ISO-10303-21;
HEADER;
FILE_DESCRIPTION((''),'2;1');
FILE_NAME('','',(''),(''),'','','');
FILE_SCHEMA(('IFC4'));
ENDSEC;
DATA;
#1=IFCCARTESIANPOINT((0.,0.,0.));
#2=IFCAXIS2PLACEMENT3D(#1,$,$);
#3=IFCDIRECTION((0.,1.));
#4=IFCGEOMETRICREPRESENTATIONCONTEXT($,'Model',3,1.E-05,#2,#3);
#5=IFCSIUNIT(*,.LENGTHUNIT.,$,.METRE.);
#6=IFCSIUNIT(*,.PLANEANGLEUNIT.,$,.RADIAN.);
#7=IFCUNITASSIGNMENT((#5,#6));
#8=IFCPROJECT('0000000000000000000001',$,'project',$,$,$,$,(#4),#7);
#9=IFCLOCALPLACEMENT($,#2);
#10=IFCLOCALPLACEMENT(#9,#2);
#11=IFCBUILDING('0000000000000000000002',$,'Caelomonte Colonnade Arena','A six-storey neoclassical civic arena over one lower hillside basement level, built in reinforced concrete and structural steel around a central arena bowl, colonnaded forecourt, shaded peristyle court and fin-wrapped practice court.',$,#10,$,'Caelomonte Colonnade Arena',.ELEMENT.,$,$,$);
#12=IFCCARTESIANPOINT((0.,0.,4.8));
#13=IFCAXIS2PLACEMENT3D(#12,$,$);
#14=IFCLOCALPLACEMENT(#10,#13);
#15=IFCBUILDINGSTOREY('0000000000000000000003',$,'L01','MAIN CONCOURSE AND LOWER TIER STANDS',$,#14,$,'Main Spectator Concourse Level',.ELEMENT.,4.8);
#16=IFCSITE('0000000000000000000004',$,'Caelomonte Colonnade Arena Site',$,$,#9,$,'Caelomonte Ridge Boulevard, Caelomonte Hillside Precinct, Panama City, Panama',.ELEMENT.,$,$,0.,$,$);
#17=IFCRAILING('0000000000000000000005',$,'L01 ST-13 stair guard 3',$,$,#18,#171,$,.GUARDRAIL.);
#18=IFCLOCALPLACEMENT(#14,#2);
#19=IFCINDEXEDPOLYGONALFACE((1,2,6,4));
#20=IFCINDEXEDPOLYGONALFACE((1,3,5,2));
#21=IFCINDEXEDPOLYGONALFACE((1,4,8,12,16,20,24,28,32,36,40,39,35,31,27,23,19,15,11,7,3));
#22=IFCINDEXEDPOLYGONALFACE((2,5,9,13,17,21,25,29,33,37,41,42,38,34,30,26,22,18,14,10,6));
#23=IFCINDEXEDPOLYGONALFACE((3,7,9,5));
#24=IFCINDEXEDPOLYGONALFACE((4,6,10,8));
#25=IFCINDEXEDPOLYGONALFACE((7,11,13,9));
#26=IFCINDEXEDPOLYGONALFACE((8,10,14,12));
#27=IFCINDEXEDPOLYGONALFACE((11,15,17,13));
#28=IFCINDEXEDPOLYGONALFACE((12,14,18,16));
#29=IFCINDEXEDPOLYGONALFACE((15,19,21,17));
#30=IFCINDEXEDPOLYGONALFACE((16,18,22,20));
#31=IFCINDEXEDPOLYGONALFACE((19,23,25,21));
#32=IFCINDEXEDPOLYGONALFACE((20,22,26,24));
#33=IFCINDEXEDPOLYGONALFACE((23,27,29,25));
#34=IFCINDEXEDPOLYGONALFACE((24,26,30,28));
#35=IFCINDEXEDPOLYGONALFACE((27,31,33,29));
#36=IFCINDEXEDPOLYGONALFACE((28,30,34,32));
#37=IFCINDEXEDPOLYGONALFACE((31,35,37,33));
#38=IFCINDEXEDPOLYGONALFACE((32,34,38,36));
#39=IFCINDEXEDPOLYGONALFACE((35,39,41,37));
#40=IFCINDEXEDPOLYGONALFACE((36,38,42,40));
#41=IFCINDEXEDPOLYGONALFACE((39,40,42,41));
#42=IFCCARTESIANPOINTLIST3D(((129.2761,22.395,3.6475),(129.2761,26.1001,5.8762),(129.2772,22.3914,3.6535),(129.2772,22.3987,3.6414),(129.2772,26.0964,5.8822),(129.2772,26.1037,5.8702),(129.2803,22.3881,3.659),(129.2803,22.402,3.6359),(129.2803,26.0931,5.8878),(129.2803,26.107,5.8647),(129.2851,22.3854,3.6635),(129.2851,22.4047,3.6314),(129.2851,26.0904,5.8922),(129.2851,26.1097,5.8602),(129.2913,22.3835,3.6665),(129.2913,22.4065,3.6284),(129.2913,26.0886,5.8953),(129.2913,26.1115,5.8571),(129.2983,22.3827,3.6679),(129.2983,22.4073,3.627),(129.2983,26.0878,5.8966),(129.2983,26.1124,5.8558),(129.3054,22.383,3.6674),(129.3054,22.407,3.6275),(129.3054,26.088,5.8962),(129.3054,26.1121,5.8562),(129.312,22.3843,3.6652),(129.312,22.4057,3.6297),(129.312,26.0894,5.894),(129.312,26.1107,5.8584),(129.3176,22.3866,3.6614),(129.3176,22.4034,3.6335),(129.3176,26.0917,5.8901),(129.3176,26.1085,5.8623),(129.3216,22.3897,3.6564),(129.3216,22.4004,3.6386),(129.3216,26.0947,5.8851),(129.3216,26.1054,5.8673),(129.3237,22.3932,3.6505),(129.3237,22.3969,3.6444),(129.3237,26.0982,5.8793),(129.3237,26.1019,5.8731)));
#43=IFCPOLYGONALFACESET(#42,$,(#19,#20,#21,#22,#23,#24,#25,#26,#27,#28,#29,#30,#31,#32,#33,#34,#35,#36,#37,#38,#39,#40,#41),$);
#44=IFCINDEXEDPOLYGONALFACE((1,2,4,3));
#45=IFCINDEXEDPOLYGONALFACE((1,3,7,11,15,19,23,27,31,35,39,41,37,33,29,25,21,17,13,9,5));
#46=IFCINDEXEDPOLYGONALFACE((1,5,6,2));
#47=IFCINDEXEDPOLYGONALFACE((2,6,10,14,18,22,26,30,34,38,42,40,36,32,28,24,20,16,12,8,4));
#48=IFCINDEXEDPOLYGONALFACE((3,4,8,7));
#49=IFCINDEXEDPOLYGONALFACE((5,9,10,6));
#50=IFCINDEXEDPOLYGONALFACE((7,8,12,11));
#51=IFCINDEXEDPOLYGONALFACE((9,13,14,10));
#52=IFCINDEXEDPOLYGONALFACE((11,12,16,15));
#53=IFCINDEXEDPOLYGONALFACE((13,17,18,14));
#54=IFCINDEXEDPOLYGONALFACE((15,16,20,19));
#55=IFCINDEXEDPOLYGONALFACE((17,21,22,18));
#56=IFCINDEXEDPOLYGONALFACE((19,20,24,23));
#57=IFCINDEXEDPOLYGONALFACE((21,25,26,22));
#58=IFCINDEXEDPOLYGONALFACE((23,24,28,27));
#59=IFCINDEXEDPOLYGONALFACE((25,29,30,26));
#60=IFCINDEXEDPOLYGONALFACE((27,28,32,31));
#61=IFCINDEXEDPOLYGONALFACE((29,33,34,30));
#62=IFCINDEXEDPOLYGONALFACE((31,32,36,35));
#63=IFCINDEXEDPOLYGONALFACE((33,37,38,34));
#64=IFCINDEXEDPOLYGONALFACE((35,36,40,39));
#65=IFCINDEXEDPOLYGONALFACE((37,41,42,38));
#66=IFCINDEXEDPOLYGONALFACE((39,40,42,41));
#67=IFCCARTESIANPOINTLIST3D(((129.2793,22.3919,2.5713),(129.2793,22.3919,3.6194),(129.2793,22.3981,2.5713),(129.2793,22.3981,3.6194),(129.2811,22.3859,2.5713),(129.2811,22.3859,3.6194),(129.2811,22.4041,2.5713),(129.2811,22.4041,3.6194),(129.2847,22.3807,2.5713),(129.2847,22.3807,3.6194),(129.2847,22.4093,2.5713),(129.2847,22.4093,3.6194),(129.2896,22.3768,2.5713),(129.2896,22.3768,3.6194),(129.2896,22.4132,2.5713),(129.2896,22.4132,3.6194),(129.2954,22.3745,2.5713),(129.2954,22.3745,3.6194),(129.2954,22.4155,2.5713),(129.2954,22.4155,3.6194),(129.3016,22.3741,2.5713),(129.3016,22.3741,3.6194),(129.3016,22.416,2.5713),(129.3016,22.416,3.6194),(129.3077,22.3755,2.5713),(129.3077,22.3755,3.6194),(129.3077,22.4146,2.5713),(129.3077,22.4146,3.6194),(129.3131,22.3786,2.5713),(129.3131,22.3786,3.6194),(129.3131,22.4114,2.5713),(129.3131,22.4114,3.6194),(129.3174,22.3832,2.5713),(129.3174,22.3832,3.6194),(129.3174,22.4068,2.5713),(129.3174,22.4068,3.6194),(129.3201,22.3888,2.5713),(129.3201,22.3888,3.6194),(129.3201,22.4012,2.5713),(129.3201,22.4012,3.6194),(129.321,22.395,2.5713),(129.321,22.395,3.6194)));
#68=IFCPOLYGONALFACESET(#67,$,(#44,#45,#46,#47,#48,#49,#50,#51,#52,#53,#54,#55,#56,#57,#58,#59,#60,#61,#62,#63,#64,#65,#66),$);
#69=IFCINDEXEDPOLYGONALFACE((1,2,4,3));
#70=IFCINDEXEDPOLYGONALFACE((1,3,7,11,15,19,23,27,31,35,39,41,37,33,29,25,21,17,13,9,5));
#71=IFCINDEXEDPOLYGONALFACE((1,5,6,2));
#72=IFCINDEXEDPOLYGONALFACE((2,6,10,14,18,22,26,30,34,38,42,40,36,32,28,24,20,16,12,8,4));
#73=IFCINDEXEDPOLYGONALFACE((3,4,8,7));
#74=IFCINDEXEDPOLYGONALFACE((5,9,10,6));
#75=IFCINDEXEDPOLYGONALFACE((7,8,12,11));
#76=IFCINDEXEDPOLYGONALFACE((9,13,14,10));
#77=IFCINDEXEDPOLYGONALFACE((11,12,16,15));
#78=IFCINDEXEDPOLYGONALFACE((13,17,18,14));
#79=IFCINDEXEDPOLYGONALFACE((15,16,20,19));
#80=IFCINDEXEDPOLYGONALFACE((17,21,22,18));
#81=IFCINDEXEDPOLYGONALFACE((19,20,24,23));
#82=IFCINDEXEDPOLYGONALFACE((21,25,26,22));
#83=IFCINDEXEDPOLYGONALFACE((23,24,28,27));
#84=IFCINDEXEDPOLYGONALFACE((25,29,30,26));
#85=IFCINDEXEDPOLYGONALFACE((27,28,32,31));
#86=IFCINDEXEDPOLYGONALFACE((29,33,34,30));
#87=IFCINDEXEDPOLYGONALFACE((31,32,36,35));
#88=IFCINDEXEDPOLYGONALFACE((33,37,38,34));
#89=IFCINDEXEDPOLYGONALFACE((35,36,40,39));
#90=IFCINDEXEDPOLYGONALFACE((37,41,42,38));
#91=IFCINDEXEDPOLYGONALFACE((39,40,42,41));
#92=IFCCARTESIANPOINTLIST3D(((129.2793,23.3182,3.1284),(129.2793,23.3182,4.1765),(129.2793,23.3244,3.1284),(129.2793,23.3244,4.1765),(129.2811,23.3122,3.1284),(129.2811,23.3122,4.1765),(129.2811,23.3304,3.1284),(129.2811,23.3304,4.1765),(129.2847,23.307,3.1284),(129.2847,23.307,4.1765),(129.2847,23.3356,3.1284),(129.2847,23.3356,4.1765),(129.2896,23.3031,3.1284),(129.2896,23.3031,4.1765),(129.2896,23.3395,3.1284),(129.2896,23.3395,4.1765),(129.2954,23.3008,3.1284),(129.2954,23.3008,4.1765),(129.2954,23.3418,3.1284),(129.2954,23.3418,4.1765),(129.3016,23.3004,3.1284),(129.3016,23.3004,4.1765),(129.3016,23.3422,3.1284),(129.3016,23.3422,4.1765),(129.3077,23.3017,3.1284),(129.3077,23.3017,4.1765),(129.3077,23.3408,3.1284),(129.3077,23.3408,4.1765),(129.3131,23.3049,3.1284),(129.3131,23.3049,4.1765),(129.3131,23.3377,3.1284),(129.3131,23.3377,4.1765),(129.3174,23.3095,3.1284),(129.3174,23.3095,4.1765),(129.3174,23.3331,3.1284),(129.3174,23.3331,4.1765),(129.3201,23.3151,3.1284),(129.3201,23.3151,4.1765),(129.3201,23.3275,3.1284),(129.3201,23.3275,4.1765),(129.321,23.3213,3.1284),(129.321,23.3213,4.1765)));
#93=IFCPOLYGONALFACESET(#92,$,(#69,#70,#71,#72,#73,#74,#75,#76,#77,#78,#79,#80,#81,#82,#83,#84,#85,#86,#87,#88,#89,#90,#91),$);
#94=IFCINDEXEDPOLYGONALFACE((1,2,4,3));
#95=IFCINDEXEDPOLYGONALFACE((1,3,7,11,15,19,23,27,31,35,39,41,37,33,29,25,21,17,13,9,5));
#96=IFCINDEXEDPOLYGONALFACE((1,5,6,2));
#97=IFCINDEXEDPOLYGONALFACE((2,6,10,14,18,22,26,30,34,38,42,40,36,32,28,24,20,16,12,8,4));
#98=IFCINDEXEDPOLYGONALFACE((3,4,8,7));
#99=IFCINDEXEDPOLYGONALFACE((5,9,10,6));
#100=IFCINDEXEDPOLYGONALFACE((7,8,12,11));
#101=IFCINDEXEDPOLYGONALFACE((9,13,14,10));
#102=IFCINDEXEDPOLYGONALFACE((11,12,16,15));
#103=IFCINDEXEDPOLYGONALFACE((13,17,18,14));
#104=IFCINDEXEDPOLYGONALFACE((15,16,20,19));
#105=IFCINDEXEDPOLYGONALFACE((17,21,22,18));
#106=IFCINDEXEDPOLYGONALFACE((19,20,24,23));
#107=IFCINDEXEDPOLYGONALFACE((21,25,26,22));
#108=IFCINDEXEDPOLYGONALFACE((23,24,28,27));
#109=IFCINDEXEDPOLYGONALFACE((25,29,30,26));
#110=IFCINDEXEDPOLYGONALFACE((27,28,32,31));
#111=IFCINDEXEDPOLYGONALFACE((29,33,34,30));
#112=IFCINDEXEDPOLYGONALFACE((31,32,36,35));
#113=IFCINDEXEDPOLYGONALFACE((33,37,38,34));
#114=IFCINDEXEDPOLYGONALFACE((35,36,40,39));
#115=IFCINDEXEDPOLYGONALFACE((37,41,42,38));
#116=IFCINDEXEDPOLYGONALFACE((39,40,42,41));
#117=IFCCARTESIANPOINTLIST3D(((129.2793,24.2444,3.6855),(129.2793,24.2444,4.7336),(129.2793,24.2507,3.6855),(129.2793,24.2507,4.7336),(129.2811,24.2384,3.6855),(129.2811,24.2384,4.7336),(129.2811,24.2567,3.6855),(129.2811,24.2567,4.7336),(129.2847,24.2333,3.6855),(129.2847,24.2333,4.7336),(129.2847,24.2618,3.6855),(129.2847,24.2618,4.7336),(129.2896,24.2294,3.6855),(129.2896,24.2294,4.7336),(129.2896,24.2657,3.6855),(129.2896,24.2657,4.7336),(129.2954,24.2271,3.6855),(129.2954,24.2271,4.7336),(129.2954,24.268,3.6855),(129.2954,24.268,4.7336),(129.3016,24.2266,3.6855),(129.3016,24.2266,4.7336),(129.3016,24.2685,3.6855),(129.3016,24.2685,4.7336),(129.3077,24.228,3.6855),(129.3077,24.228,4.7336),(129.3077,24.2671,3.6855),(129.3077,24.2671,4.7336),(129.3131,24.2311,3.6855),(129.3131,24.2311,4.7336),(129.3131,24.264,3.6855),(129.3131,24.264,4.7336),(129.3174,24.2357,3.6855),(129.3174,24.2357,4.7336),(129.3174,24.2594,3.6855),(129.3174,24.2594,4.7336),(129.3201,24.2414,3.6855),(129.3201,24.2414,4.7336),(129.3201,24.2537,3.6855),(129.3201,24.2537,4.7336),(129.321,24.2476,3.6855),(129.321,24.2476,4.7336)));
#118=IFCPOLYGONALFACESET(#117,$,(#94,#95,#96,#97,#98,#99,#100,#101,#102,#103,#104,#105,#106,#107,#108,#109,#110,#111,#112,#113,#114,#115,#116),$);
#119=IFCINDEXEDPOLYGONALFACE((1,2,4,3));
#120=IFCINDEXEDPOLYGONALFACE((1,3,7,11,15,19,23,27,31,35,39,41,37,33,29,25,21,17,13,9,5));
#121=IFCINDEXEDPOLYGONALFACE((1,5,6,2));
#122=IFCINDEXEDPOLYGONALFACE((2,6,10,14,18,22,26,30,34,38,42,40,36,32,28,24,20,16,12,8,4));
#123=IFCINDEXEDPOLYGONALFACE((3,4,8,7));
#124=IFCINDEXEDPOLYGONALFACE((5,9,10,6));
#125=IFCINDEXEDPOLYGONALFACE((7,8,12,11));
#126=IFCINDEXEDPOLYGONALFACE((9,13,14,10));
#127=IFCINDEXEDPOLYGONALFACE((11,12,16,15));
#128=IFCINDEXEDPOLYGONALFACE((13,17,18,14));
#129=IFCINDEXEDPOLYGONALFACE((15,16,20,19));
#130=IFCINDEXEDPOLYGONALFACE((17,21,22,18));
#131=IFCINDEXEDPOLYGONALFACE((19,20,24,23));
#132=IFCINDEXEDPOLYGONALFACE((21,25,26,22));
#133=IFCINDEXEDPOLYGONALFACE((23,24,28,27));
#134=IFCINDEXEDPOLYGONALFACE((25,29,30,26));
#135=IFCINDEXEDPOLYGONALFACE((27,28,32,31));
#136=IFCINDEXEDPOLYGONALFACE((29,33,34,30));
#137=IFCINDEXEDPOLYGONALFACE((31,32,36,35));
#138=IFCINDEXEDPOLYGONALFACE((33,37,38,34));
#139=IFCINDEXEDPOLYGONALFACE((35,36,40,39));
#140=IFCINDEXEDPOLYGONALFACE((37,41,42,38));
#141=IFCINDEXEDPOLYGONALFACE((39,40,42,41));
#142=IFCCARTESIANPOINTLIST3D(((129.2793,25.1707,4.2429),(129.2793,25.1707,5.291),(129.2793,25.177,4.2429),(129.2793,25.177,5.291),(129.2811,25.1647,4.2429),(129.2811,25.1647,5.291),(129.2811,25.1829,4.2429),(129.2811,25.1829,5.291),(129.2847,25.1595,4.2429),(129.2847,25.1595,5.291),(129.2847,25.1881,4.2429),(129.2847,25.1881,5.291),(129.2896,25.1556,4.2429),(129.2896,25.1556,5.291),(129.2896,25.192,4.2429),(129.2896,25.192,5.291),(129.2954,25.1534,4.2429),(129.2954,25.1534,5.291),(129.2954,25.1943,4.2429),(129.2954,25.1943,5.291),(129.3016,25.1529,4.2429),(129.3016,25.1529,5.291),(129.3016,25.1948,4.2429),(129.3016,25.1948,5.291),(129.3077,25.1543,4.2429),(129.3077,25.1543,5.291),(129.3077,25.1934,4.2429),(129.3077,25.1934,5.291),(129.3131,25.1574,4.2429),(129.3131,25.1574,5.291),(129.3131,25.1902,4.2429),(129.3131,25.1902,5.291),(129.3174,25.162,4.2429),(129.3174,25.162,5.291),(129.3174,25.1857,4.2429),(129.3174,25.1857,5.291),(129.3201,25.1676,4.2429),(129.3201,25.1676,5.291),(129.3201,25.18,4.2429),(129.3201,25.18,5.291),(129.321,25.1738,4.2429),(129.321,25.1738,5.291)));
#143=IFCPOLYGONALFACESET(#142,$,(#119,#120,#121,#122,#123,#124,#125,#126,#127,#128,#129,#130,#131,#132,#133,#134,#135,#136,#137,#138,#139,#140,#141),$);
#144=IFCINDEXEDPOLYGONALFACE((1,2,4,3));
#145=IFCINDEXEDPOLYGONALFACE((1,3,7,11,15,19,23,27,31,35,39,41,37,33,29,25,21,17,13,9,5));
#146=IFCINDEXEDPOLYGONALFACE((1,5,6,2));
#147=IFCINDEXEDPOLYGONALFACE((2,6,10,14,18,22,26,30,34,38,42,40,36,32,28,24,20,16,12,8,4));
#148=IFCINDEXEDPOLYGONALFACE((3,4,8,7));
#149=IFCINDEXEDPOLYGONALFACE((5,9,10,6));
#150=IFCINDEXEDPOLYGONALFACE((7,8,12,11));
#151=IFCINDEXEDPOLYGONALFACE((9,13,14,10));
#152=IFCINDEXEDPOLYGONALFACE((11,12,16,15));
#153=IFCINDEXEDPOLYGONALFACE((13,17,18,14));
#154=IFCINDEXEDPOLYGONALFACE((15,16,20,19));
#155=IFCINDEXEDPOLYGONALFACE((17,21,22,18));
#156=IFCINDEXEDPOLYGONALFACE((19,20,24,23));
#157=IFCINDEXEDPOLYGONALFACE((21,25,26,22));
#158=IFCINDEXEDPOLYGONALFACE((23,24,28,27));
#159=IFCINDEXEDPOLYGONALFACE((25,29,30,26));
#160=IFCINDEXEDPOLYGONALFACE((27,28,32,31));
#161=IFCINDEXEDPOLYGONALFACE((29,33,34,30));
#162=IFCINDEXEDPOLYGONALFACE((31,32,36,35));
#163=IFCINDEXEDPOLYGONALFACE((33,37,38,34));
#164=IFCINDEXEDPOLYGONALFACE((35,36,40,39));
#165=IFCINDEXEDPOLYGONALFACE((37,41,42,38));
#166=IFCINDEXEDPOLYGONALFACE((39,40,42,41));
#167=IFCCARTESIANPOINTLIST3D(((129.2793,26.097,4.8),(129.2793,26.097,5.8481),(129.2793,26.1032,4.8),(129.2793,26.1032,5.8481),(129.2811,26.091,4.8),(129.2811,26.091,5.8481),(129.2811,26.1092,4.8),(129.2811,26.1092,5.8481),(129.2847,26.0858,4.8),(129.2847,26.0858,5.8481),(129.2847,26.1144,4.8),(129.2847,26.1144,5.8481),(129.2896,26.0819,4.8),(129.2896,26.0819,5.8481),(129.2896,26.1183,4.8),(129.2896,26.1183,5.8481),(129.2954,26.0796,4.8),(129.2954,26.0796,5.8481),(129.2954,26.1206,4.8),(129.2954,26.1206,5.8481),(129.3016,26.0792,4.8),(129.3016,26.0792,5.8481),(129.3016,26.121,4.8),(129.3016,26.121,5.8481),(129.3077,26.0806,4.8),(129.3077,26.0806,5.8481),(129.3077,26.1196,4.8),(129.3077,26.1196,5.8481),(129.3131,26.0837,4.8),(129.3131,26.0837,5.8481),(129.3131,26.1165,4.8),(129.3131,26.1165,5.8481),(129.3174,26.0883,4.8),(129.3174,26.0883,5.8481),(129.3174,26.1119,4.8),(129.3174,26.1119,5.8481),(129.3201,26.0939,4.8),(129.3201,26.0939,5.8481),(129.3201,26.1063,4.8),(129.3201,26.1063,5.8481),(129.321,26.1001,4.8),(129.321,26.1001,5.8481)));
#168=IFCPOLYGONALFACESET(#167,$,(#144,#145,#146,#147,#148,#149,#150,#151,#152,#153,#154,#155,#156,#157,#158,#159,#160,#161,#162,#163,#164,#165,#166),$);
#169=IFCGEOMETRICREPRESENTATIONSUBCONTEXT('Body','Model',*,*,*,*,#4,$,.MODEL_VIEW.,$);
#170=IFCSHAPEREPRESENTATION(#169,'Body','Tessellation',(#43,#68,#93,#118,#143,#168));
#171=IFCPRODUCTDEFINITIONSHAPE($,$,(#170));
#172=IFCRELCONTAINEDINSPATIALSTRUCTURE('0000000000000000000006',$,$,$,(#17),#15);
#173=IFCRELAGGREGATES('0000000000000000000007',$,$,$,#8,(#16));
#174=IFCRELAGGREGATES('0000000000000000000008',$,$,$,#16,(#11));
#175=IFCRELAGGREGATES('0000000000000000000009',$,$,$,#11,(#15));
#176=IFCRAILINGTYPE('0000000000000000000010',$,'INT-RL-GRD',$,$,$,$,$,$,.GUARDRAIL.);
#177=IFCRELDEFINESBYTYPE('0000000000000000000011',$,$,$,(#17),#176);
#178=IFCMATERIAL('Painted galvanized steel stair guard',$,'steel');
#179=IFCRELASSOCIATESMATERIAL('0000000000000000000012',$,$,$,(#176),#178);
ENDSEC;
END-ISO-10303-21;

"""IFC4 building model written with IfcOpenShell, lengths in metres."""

from ifc_helpers import new_model, si_unit, direction, frame, origin, origin_2d, place, context, subcontext, project, spatial, circle, extrude, material, type_object, element, save


model = new_model("IFC4")

# Units and contexts
model_context = context("Model", 3, precision=1e-05, world=origin(), true_north=direction((0.0, 1.0)))
body_context = subcontext(model_context, "Body", "Model", "MODEL_VIEW")
ifc_project = project(units=[si_unit("LENGTHUNIT", "METRE"), si_unit("PLANEANGLEUNIT", "RADIAN")], contexts=[model_context])

# Site, building, storey
site_placement = place(None, origin())
site = spatial("IfcSite", under=ifc_project, at=site_placement, Name="Caelomonte Colonnade Arena Site", LongName="Caelomonte Ridge Boulevard, Caelomonte Hillside Precinct, Panama City, Panama", CompositionType="ELEMENT", RefElevation=0.0)
building_placement = place(site_placement, origin())
building = spatial("IfcBuilding", under=site, at=building_placement, Name="Caelomonte Colonnade Arena", Description="A six-storey neoclassical civic arena over one lower hillside basement level, built in reinforced concrete and structural steel around a central arena bowl, colonnaded forecourt, shaded peristyle court and fin-wrapped practice court.", LongName="Caelomonte Colonnade Arena", CompositionType="ELEMENT")
storey_placement = place(building_placement, frame((0.0, 0.0, 4.8)))
storey = spatial("IfcBuildingStorey", under=building, at=storey_placement, Name="L01", Description="MAIN CONCOURSE AND LOWER TIER STANDS", LongName="Main Spectator Concourse Level", CompositionType="ELEMENT", Elevation=4.8)

# Railing
ifc_material_1 = material(Name="Painted galvanized steel stair guard", Category="steel")
railing_type_1 = type_object("IfcRailingType", Name="INT-RL-GRD", PredefinedType="GUARDRAIL", material=ifc_material_1)
railing_1_placement = place(storey_placement, frame((129.3, 22.395, 2.5713)))
element("IfcRailing", 1, at=railing_1_placement, inside=storey, type_object=railing_type_1, Name="L01 ST-13 stair guard 3", PredefinedType="GUARDRAIL", context=body_context, shape_type="SweptSolid", body=[
    extrude(circle(Radius=0.0239, at=origin_2d()), frame((0.0, 0.0, 1.0762), z_axis=(0.0, 0.856909, 0.515467), x_axis=(-1.0, 0.0, 0.0)), (0.0, 0.0, 1.0), 4.3237),
    extrude(circle(Radius=0.021, at=origin_2d()), origin(), (0.0, 0.0, 1.0), 1.0481),
    extrude(circle(Radius=0.021, at=origin_2d()), frame((0.0, 0.9263, 0.5571)), (0.0, 0.0, 1.0), 1.0481),
    extrude(circle(Radius=0.021, at=origin_2d()), frame((0.0, 1.8525, 1.1143)), (0.0, 0.0, 1.0), 1.0481),
    extrude(circle(Radius=0.021, at=origin_2d()), frame((0.0, 2.7788, 1.6716)), (0.0, 0.0, 1.0), 1.0481),
    extrude(circle(Radius=0.021, at=origin_2d()), frame((0.0, 3.7051, 2.2288)), (0.0, 0.0, 1.0), 1.0481),
])

save(model, "model.ifc")
